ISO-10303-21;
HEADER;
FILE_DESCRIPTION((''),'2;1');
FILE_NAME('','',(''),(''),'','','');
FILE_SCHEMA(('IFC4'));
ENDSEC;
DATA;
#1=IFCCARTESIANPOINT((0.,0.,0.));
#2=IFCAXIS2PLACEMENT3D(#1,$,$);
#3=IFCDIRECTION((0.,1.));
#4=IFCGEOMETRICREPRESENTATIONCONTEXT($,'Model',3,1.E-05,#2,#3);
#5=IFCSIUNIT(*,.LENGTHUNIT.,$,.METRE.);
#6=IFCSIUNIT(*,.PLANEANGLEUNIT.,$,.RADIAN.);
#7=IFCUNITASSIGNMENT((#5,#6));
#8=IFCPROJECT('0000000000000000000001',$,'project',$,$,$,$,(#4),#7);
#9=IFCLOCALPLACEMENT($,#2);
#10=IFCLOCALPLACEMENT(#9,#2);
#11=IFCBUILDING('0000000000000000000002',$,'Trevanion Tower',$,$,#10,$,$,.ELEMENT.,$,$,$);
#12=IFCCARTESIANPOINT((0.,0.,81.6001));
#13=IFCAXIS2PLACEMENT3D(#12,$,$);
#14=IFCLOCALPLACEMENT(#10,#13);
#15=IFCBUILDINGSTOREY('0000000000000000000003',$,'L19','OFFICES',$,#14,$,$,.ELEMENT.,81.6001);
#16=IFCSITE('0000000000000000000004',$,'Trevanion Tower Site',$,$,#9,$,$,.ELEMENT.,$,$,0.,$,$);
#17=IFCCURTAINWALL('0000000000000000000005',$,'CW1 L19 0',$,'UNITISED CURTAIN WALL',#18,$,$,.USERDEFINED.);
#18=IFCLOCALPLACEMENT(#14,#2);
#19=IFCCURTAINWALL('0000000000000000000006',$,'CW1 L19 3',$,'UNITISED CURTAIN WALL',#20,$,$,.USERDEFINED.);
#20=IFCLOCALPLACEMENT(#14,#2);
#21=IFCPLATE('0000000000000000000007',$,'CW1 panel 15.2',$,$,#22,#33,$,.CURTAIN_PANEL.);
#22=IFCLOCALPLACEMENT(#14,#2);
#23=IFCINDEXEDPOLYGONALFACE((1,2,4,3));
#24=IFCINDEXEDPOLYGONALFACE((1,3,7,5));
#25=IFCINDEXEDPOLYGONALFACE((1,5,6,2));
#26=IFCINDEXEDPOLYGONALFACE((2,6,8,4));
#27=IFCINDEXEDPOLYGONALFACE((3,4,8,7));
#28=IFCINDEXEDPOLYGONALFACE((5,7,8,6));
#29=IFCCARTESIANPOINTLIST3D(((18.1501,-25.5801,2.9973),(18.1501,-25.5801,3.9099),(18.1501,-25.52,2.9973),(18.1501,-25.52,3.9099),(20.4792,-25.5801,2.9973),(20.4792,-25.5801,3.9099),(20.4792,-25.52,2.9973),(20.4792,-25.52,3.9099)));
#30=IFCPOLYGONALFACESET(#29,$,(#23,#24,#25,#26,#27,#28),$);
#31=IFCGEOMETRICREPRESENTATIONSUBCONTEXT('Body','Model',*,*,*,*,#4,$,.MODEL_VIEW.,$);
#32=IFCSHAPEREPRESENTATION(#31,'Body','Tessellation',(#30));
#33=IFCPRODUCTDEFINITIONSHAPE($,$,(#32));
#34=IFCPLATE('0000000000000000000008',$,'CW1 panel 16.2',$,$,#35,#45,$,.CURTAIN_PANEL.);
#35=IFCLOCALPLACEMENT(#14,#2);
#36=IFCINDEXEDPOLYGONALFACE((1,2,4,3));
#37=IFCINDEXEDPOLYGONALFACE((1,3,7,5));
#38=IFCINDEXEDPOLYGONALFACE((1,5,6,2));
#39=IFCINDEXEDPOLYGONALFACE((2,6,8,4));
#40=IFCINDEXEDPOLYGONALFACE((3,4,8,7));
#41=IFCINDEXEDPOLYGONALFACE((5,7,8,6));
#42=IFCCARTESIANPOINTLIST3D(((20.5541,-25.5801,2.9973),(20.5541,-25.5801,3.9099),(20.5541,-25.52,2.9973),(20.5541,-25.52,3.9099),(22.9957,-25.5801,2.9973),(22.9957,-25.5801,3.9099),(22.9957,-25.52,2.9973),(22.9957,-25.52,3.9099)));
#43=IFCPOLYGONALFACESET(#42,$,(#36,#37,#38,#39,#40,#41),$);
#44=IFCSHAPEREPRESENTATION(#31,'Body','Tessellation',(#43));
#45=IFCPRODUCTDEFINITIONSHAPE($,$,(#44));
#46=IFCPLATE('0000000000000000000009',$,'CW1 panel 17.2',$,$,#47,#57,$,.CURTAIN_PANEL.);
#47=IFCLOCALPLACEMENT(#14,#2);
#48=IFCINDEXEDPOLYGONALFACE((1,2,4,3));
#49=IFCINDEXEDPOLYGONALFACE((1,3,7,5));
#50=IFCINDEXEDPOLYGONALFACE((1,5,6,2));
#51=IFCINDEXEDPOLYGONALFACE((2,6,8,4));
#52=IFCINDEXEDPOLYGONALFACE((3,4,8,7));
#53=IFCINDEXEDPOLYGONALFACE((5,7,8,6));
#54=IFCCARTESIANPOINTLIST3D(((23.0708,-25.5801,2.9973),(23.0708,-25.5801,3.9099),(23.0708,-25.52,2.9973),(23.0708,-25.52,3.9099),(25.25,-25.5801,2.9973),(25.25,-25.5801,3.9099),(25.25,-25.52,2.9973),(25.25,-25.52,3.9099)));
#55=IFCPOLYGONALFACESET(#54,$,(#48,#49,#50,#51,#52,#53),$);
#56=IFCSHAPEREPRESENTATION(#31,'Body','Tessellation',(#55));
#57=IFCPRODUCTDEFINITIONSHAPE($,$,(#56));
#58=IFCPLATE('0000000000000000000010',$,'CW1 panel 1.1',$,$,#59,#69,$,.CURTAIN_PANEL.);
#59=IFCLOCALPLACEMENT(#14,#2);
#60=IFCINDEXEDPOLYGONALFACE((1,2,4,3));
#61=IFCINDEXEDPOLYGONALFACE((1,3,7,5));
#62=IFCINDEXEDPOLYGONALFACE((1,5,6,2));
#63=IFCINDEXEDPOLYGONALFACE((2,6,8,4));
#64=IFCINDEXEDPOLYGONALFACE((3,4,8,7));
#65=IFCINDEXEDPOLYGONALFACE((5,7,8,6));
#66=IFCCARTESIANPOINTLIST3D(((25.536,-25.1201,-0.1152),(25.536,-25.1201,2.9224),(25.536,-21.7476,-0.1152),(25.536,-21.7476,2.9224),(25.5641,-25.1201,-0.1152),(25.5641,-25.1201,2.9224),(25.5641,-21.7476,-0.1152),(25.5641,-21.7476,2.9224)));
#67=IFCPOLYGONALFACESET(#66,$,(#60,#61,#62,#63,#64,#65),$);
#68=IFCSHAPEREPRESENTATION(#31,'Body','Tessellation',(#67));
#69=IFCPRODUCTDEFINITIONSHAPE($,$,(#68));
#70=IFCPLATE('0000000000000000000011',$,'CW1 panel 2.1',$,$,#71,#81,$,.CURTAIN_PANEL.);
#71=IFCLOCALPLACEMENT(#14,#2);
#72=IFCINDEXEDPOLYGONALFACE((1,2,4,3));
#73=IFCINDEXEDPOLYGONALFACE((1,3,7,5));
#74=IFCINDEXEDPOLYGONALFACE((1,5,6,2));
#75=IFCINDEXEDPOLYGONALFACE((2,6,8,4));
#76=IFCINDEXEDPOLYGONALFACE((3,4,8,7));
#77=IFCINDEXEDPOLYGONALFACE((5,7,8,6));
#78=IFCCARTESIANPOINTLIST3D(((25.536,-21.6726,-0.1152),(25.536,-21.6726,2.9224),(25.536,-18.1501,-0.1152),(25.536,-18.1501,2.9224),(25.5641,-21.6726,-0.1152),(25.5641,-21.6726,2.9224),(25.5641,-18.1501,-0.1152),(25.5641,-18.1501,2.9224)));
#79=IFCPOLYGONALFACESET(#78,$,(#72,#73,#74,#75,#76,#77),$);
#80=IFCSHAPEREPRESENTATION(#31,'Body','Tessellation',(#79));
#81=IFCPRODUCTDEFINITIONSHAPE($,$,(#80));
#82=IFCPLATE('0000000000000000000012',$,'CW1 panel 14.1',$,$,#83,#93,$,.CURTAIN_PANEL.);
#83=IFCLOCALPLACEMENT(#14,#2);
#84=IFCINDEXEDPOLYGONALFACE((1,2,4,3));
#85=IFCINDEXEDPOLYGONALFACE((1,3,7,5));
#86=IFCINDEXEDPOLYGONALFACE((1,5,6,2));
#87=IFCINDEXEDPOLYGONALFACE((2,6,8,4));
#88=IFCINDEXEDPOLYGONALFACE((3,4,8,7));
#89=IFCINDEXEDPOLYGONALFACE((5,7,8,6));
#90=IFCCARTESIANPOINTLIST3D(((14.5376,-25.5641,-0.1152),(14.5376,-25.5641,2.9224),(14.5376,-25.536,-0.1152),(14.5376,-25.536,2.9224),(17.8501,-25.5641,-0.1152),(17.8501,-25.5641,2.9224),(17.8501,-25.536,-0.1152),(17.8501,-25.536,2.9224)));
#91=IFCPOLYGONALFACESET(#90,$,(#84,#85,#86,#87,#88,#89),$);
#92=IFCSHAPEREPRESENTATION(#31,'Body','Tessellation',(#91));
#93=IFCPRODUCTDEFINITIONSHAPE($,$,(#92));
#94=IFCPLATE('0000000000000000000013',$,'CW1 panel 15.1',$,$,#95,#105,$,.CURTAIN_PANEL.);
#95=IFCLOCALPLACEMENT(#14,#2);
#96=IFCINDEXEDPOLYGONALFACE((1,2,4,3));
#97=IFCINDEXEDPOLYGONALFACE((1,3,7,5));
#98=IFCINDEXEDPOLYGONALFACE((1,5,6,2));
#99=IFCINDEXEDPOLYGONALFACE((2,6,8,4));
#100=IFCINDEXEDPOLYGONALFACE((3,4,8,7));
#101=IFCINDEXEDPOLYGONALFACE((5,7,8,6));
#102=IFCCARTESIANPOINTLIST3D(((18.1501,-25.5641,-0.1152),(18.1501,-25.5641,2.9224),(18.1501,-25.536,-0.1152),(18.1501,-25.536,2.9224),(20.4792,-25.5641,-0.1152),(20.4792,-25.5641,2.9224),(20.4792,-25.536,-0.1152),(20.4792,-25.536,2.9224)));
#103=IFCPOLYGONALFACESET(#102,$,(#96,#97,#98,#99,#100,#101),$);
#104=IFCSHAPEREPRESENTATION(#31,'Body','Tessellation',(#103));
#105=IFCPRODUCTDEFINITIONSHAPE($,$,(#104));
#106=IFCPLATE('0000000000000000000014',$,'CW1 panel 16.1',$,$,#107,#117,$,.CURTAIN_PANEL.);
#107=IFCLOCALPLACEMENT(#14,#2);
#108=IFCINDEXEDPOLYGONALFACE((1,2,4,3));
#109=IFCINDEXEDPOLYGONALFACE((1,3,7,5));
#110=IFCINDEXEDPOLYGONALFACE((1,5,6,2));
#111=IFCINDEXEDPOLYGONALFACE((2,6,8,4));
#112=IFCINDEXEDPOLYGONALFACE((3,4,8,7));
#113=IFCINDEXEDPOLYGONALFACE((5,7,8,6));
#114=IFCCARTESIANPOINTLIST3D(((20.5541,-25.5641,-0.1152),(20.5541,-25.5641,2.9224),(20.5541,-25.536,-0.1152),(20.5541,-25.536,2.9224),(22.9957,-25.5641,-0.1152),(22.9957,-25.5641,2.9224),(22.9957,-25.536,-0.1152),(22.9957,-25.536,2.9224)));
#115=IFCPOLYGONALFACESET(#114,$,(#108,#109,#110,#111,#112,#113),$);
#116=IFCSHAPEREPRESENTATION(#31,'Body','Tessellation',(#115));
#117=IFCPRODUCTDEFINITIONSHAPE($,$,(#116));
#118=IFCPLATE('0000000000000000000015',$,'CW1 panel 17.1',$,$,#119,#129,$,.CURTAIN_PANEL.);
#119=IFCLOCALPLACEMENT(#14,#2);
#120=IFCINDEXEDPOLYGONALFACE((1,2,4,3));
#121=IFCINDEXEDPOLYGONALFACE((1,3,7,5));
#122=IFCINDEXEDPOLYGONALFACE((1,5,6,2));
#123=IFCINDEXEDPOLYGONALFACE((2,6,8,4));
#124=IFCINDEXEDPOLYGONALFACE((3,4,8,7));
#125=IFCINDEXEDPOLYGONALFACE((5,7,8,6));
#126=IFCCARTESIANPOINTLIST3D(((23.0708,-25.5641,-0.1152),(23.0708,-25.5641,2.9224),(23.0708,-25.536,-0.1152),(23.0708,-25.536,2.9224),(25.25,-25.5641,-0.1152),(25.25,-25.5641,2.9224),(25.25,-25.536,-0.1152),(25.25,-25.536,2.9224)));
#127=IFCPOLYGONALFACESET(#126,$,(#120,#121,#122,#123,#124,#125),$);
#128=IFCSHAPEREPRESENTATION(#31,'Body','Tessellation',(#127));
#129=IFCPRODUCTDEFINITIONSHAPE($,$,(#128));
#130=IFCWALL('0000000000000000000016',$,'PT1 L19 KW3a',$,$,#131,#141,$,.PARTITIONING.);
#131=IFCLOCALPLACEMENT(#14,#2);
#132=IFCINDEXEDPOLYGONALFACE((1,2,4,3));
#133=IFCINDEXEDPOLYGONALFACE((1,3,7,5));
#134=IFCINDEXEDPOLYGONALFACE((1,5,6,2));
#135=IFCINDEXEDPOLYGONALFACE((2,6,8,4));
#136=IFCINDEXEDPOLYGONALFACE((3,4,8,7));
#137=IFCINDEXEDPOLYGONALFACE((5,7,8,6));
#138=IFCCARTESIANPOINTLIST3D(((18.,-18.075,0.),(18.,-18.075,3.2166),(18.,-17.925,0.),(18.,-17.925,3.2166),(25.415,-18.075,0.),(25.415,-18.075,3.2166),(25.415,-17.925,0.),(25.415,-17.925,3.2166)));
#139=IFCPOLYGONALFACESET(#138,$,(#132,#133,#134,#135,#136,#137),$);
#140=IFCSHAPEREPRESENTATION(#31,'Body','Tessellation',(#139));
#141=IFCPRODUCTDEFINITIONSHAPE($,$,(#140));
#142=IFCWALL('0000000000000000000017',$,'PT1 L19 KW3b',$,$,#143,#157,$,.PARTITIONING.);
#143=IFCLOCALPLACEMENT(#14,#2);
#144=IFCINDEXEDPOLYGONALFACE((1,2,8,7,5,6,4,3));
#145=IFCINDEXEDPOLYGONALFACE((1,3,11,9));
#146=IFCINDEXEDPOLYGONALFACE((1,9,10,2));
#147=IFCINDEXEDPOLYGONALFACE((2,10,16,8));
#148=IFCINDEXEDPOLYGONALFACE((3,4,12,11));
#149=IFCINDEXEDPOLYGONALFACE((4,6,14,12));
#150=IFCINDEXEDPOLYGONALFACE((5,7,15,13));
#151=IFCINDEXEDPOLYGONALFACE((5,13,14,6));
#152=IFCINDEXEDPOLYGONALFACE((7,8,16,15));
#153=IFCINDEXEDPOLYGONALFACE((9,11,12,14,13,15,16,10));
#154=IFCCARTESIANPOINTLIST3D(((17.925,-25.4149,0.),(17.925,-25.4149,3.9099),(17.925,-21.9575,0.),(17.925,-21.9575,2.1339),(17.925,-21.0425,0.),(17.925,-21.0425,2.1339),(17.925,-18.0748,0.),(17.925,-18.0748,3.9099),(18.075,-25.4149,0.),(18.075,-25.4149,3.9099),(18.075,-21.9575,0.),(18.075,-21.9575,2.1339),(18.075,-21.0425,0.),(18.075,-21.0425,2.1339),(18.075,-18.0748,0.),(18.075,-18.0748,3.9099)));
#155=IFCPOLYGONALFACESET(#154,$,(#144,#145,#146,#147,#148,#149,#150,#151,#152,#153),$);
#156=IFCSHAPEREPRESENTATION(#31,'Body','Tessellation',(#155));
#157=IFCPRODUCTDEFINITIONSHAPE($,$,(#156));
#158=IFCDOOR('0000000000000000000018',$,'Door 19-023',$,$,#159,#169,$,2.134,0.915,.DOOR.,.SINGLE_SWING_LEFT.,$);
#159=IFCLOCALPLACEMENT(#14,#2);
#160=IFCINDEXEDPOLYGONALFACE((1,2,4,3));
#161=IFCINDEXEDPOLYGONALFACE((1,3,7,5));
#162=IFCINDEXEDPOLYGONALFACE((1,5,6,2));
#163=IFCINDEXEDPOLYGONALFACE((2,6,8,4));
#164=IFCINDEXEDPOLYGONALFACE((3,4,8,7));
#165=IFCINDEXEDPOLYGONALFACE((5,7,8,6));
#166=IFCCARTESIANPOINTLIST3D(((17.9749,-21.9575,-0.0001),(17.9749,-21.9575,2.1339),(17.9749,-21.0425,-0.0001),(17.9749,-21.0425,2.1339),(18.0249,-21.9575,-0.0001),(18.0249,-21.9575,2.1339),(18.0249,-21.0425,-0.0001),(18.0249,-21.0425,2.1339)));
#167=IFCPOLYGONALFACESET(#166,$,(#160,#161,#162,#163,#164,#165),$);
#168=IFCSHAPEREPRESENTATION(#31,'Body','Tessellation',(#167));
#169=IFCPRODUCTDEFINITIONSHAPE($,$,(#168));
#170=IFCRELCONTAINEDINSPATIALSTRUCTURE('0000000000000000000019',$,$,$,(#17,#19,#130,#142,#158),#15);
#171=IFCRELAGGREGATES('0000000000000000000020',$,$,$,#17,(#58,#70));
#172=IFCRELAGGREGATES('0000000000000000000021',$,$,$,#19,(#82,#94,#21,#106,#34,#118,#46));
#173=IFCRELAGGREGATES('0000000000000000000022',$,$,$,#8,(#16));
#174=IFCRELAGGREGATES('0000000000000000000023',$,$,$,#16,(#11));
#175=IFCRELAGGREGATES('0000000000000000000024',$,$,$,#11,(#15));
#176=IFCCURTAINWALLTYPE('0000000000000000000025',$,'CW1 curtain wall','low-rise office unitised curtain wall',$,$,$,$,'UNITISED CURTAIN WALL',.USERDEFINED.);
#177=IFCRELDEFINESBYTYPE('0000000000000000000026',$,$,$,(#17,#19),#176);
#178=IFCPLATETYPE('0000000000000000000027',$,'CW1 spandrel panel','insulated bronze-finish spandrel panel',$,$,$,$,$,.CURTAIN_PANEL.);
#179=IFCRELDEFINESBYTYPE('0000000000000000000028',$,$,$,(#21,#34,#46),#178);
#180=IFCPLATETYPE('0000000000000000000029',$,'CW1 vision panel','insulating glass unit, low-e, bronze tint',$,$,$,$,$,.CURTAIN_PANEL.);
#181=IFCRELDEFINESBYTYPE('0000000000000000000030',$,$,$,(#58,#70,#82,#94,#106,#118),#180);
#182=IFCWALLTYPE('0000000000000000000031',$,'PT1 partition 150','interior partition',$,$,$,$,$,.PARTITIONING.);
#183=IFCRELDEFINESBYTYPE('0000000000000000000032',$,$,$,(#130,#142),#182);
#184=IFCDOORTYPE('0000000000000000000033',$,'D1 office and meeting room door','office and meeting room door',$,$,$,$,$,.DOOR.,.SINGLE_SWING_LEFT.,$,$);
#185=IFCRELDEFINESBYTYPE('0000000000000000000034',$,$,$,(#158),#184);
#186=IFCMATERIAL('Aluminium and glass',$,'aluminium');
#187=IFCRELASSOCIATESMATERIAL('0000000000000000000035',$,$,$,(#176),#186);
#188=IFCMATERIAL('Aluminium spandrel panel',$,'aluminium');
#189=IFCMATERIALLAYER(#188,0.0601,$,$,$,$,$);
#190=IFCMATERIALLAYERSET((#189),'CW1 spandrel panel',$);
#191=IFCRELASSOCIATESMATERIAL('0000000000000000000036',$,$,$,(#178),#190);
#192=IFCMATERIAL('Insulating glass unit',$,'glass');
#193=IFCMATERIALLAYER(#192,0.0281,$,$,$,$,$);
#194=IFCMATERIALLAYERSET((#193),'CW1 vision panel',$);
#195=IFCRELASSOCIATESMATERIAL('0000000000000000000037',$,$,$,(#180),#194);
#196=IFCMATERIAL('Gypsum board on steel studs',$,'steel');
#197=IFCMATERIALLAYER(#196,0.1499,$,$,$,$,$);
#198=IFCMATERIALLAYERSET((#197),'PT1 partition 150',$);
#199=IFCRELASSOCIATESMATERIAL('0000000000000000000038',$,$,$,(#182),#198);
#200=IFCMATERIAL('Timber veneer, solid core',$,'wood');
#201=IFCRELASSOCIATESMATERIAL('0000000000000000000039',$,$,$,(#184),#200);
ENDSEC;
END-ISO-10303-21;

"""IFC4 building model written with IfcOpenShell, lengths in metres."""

from ifc_helpers import new_model, si_unit, direction, frame, frame_2d, origin, origin_2d, place, context, subcontext, project, spatial, rectangle, extrude, material, layer, layer_set, type_object, element, fill, aggregate, save


model = new_model("IFC4")

# Units and contexts
model_context = context("Model", 3, precision=1e-05, world=origin(), true_north=direction((0.0, 1.0)))
body_context = subcontext(model_context, "Body", "Model", "MODEL_VIEW")
ifc_project = project(units=[si_unit("LENGTHUNIT", "METRE"), si_unit("PLANEANGLEUNIT", "RADIAN")], contexts=[model_context])

# Site, building, storey
site_placement = place(None, origin())
site = spatial("IfcSite", under=ifc_project, at=site_placement, Name="Trevanion Tower Site", CompositionType="ELEMENT", RefElevation=0.0)
building_placement = place(site_placement, origin())
building = spatial("IfcBuilding", under=site, at=building_placement, Name="Trevanion Tower", CompositionType="ELEMENT")
storey_placement = place(building_placement, frame((0.0, 0.0, 81.6001)))
storey = spatial("IfcBuildingStorey", under=building, at=storey_placement, Name="L19", Description="OFFICES", CompositionType="ELEMENT", Elevation=81.6001)

# Curtain wall
ifc_material_1 = material(Name="Aluminium and glass", Category="aluminium")
curtain_wall_type = type_object("IfcCurtainWallType", Name="CW1 curtain wall", Description="low-rise office unitised curtain wall", ElementType="UNITISED CURTAIN WALL", PredefinedType="USERDEFINED", material=ifc_material_1)
curtain_wall_1_placement = place(storey_placement, origin())
curtain_wall_1 = element("IfcCurtainWall", 1, at=curtain_wall_1_placement, inside=storey, type_object=curtain_wall_type, Name="CW1 L19 0", ObjectType="UNITISED CURTAIN WALL", PredefinedType="USERDEFINED")

# Curtain wall
curtain_wall_2_placement = place(storey_placement, origin())
curtain_wall_2 = element("IfcCurtainWall", 2, at=curtain_wall_2_placement, inside=storey, type_object=curtain_wall_type, Name="CW1 L19 3", ObjectType="UNITISED CURTAIN WALL", PredefinedType="USERDEFINED")

# Plates
ifc_material_2 = material(Name="Aluminium spandrel panel", Category="aluminium")
ifc_layer_1 = layer(ifc_material_2, 0.0601)
ifc_layer_set_1 = layer_set([ifc_layer_1], Name="CW1 spandrel panel")
plate_type_1 = type_object("IfcPlateType", Name="CW1 spandrel panel", Description="insulated bronze-finish spandrel panel", PredefinedType="CURTAIN_PANEL", material=ifc_layer_set_1)
plate_1_placement = place(storey_placement, frame((19.3147, -25.55, 2.9973), z_axis=(0.0, 0.0, 1.0), x_axis=(1.0, 0.0, 0.0)))
plate_1 = element("IfcPlate", 3, at=plate_1_placement, type_object=plate_type_1, Name="CW1 panel 15.2", PredefinedType="CURTAIN_PANEL", context=body_context, shape_type="SweptSolid", body=[
    extrude(rectangle(XDim=2.3291, YDim=0.0601, at=origin_2d()), origin(), (0.0, 0.0, 1.0), 0.9126),
])
plate_2_placement = place(storey_placement, frame((21.7749, -25.55, 2.9973), z_axis=(0.0, 0.0, 1.0), x_axis=(1.0, 0.0, 0.0)))
plate_2 = element("IfcPlate", 4, at=plate_2_placement, type_object=plate_type_1, Name="CW1 panel 16.2", PredefinedType="CURTAIN_PANEL", context=body_context, shape_type="SweptSolid", body=[
    extrude(rectangle(XDim=2.4417, YDim=0.0601, at=origin_2d()), origin(), (0.0, 0.0, 1.0), 0.9126),
])
plate_3_placement = place(storey_placement, frame((24.1604, -25.55, 2.9973), z_axis=(0.0, 0.0, 1.0), x_axis=(1.0, 0.0, 0.0)))
plate_3 = element("IfcPlate", 5, at=plate_3_placement, type_object=plate_type_1, Name="CW1 panel 17.2", PredefinedType="CURTAIN_PANEL", context=body_context, shape_type="SweptSolid", body=[
    extrude(rectangle(XDim=2.1792, YDim=0.0601, at=origin_2d()), origin(), (0.0, 0.0, 1.0), 0.9126),
])
ifc_material_3 = material(Name="Insulating glass unit", Category="glass")
ifc_layer_2 = layer(ifc_material_3, 0.0281)
ifc_layer_set_2 = layer_set([ifc_layer_2], Name="CW1 vision panel")
plate_type_2 = type_object("IfcPlateType", Name="CW1 vision panel", Description="insulating glass unit, low-e, bronze tint", PredefinedType="CURTAIN_PANEL", material=ifc_layer_set_2)
plate_4_placement = place(storey_placement, frame((25.55, -23.4338, -0.1152), z_axis=(0.0, 0.0, 1.0), x_axis=(0.0, 1.0, 0.0)))
plate_4 = element("IfcPlate", 6, at=plate_4_placement, type_object=plate_type_2, Name="CW1 panel 1.1", PredefinedType="CURTAIN_PANEL", context=body_context, shape_type="SweptSolid", body=[
    extrude(rectangle(XDim=3.3726, YDim=0.0281, at=origin_2d()), origin(), (0.0, 0.0, 1.0), 3.0376),
])
plate_5_placement = place(storey_placement, frame((25.55, -19.9114, -0.1152), z_axis=(0.0, 0.0, 1.0), x_axis=(0.0, 1.0, 0.0)))
plate_5 = element("IfcPlate", 7, at=plate_5_placement, type_object=plate_type_2, Name="CW1 panel 2.1", PredefinedType="CURTAIN_PANEL", context=body_context, shape_type="SweptSolid", body=[
    extrude(rectangle(XDim=3.5225, YDim=0.0281, at=origin_2d()), origin(), (0.0, 0.0, 1.0), 3.0376),
])
aggregate(curtain_wall_1, [plate_4, plate_5])
plate_6_placement = place(storey_placement, frame((16.1938, -25.55, -0.1152), z_axis=(0.0, 0.0, 1.0), x_axis=(1.0, 0.0, 0.0)))
plate_6 = element("IfcPlate", 8, at=plate_6_placement, type_object=plate_type_2, Name="CW1 panel 14.1", PredefinedType="CURTAIN_PANEL", context=body_context, shape_type="SweptSolid", body=[
    extrude(rectangle(XDim=3.3125, YDim=0.0281, at=origin_2d()), origin(), (0.0, 0.0, 1.0), 3.0376),
])
plate_7_placement = place(storey_placement, frame((19.3147, -25.55, -0.1152), z_axis=(0.0, 0.0, 1.0), x_axis=(1.0, 0.0, 0.0)))
plate_7 = element("IfcPlate", 9, at=plate_7_placement, type_object=plate_type_2, Name="CW1 panel 15.1", PredefinedType="CURTAIN_PANEL", context=body_context, shape_type="SweptSolid", body=[
    extrude(rectangle(XDim=2.3291, YDim=0.0281, at=origin_2d()), origin(), (0.0, 0.0, 1.0), 3.0376),
])
plate_8_placement = place(storey_placement, frame((21.7749, -25.55, -0.1152), z_axis=(0.0, 0.0, 1.0), x_axis=(1.0, 0.0, 0.0)))
plate_8 = element("IfcPlate", 10, at=plate_8_placement, type_object=plate_type_2, Name="CW1 panel 16.1", PredefinedType="CURTAIN_PANEL", context=body_context, shape_type="SweptSolid", body=[
    extrude(rectangle(XDim=2.4417, YDim=0.0281, at=origin_2d()), origin(), (0.0, 0.0, 1.0), 3.0376),
])
plate_9_placement = place(storey_placement, frame((24.1604, -25.55, -0.1152), z_axis=(0.0, 0.0, 1.0), x_axis=(1.0, 0.0, 0.0)))
plate_9 = element("IfcPlate", 11, at=plate_9_placement, type_object=plate_type_2, Name="CW1 panel 17.1", PredefinedType="CURTAIN_PANEL", context=body_context, shape_type="SweptSolid", body=[
    extrude(rectangle(XDim=2.1792, YDim=0.0281, at=origin_2d()), origin(), (0.0, 0.0, 1.0), 3.0376),
])
aggregate(curtain_wall_2, [plate_6, plate_7, plate_1, plate_8, plate_2, plate_9, plate_3])

# Wall
ifc_material_4 = material(Name="Gypsum board on steel studs", Category="steel")
ifc_layer_3 = layer(ifc_material_4, 0.1499)
ifc_layer_set_3 = layer_set([ifc_layer_3], Name="PT1 partition 150")
wall_type = type_object("IfcWallType", Name="PT1 partition 150", Description="interior partition", PredefinedType="PARTITIONING", material=ifc_layer_set_3)
wall_1_placement = place(storey_placement, frame((18.0, -18.0, 0.0), z_axis=(0.0, 0.0, 1.0), x_axis=(1.0, 0.0, 0.0)))
element("IfcWall", 12, at=wall_1_placement, inside=storey, type_object=wall_type, Name="PT1 L19 KW3a", PredefinedType="PARTITIONING", context=body_context, shape_type="SweptSolid", body=[
    extrude(rectangle(XDim=7.415, YDim=0.1499, at=frame_2d((3.7075, 0.0))), origin(), (0.0, 0.0, 1.0), 3.2166),
])

# Wall, opening, door
wall_2_placement = place(storey_placement, frame((18.0, -18.075, 0.0), z_axis=(0.0, 0.0, 1.0), x_axis=(0.0, -1.0, 0.0)))
wall_2 = element("IfcWall", 13, at=wall_2_placement, inside=storey, type_object=wall_type, Name="PT1 L19 KW3b", PredefinedType="PARTITIONING", context=body_context, shape_type="SweptSolid", body=[
    extrude(rectangle(XDim=7.3401, YDim=0.1499, at=frame_2d((3.6699, 0.0))), origin(), (0.0, 0.0, 1.0), 3.9099),
])
opening_placement = place(wall_2_placement, frame((2.9675, 0.0, 0.0)))
opening = element("IfcOpeningElement", 14, at=opening_placement, cuts=wall_2, PredefinedType="OPENING", context=body_context, shape_type="SweptSolid", body=[
    extrude(rectangle(XDim=0.915, YDim=2.134, at=frame_2d((0.4575, 1.0669))), frame((0.0, 0.085, 0.0), z_axis=(0.0, -1.0, 0.0), x_axis=(1.0, 0.0, 0.0)), (0.0, 0.0, 1.0), 0.1699),
])
ifc_material_5 = material(Name="Timber veneer, solid core", Category="wood")
door_type = type_object("IfcDoorType", Name="D1 office and meeting room door", Description="office and meeting room door", OperationType="SINGLE_SWING_LEFT", PredefinedType="DOOR", material=ifc_material_5)
door_placement = place(opening_placement, origin())
door = element("IfcDoor", 15, at=door_placement, inside=storey, type_object=door_type, Name="Door 19-023", OperationType="SINGLE_SWING_LEFT", OverallHeight=2.134, OverallWidth=0.915, PredefinedType="DOOR", context=body_context, shape_type="SweptSolid", body=[
    extrude(rectangle(XDim=0.915, YDim=2.134, at=frame_2d((0.4575, 1.0669))), frame((0.0, 0.0249, 0.0), z_axis=(0.0, -1.0, 0.0), x_axis=(1.0, 0.0, 0.0)), (0.0, 0.0, 1.0), 0.05),
])
fill(opening, door)

save(model, "model.ifc")
